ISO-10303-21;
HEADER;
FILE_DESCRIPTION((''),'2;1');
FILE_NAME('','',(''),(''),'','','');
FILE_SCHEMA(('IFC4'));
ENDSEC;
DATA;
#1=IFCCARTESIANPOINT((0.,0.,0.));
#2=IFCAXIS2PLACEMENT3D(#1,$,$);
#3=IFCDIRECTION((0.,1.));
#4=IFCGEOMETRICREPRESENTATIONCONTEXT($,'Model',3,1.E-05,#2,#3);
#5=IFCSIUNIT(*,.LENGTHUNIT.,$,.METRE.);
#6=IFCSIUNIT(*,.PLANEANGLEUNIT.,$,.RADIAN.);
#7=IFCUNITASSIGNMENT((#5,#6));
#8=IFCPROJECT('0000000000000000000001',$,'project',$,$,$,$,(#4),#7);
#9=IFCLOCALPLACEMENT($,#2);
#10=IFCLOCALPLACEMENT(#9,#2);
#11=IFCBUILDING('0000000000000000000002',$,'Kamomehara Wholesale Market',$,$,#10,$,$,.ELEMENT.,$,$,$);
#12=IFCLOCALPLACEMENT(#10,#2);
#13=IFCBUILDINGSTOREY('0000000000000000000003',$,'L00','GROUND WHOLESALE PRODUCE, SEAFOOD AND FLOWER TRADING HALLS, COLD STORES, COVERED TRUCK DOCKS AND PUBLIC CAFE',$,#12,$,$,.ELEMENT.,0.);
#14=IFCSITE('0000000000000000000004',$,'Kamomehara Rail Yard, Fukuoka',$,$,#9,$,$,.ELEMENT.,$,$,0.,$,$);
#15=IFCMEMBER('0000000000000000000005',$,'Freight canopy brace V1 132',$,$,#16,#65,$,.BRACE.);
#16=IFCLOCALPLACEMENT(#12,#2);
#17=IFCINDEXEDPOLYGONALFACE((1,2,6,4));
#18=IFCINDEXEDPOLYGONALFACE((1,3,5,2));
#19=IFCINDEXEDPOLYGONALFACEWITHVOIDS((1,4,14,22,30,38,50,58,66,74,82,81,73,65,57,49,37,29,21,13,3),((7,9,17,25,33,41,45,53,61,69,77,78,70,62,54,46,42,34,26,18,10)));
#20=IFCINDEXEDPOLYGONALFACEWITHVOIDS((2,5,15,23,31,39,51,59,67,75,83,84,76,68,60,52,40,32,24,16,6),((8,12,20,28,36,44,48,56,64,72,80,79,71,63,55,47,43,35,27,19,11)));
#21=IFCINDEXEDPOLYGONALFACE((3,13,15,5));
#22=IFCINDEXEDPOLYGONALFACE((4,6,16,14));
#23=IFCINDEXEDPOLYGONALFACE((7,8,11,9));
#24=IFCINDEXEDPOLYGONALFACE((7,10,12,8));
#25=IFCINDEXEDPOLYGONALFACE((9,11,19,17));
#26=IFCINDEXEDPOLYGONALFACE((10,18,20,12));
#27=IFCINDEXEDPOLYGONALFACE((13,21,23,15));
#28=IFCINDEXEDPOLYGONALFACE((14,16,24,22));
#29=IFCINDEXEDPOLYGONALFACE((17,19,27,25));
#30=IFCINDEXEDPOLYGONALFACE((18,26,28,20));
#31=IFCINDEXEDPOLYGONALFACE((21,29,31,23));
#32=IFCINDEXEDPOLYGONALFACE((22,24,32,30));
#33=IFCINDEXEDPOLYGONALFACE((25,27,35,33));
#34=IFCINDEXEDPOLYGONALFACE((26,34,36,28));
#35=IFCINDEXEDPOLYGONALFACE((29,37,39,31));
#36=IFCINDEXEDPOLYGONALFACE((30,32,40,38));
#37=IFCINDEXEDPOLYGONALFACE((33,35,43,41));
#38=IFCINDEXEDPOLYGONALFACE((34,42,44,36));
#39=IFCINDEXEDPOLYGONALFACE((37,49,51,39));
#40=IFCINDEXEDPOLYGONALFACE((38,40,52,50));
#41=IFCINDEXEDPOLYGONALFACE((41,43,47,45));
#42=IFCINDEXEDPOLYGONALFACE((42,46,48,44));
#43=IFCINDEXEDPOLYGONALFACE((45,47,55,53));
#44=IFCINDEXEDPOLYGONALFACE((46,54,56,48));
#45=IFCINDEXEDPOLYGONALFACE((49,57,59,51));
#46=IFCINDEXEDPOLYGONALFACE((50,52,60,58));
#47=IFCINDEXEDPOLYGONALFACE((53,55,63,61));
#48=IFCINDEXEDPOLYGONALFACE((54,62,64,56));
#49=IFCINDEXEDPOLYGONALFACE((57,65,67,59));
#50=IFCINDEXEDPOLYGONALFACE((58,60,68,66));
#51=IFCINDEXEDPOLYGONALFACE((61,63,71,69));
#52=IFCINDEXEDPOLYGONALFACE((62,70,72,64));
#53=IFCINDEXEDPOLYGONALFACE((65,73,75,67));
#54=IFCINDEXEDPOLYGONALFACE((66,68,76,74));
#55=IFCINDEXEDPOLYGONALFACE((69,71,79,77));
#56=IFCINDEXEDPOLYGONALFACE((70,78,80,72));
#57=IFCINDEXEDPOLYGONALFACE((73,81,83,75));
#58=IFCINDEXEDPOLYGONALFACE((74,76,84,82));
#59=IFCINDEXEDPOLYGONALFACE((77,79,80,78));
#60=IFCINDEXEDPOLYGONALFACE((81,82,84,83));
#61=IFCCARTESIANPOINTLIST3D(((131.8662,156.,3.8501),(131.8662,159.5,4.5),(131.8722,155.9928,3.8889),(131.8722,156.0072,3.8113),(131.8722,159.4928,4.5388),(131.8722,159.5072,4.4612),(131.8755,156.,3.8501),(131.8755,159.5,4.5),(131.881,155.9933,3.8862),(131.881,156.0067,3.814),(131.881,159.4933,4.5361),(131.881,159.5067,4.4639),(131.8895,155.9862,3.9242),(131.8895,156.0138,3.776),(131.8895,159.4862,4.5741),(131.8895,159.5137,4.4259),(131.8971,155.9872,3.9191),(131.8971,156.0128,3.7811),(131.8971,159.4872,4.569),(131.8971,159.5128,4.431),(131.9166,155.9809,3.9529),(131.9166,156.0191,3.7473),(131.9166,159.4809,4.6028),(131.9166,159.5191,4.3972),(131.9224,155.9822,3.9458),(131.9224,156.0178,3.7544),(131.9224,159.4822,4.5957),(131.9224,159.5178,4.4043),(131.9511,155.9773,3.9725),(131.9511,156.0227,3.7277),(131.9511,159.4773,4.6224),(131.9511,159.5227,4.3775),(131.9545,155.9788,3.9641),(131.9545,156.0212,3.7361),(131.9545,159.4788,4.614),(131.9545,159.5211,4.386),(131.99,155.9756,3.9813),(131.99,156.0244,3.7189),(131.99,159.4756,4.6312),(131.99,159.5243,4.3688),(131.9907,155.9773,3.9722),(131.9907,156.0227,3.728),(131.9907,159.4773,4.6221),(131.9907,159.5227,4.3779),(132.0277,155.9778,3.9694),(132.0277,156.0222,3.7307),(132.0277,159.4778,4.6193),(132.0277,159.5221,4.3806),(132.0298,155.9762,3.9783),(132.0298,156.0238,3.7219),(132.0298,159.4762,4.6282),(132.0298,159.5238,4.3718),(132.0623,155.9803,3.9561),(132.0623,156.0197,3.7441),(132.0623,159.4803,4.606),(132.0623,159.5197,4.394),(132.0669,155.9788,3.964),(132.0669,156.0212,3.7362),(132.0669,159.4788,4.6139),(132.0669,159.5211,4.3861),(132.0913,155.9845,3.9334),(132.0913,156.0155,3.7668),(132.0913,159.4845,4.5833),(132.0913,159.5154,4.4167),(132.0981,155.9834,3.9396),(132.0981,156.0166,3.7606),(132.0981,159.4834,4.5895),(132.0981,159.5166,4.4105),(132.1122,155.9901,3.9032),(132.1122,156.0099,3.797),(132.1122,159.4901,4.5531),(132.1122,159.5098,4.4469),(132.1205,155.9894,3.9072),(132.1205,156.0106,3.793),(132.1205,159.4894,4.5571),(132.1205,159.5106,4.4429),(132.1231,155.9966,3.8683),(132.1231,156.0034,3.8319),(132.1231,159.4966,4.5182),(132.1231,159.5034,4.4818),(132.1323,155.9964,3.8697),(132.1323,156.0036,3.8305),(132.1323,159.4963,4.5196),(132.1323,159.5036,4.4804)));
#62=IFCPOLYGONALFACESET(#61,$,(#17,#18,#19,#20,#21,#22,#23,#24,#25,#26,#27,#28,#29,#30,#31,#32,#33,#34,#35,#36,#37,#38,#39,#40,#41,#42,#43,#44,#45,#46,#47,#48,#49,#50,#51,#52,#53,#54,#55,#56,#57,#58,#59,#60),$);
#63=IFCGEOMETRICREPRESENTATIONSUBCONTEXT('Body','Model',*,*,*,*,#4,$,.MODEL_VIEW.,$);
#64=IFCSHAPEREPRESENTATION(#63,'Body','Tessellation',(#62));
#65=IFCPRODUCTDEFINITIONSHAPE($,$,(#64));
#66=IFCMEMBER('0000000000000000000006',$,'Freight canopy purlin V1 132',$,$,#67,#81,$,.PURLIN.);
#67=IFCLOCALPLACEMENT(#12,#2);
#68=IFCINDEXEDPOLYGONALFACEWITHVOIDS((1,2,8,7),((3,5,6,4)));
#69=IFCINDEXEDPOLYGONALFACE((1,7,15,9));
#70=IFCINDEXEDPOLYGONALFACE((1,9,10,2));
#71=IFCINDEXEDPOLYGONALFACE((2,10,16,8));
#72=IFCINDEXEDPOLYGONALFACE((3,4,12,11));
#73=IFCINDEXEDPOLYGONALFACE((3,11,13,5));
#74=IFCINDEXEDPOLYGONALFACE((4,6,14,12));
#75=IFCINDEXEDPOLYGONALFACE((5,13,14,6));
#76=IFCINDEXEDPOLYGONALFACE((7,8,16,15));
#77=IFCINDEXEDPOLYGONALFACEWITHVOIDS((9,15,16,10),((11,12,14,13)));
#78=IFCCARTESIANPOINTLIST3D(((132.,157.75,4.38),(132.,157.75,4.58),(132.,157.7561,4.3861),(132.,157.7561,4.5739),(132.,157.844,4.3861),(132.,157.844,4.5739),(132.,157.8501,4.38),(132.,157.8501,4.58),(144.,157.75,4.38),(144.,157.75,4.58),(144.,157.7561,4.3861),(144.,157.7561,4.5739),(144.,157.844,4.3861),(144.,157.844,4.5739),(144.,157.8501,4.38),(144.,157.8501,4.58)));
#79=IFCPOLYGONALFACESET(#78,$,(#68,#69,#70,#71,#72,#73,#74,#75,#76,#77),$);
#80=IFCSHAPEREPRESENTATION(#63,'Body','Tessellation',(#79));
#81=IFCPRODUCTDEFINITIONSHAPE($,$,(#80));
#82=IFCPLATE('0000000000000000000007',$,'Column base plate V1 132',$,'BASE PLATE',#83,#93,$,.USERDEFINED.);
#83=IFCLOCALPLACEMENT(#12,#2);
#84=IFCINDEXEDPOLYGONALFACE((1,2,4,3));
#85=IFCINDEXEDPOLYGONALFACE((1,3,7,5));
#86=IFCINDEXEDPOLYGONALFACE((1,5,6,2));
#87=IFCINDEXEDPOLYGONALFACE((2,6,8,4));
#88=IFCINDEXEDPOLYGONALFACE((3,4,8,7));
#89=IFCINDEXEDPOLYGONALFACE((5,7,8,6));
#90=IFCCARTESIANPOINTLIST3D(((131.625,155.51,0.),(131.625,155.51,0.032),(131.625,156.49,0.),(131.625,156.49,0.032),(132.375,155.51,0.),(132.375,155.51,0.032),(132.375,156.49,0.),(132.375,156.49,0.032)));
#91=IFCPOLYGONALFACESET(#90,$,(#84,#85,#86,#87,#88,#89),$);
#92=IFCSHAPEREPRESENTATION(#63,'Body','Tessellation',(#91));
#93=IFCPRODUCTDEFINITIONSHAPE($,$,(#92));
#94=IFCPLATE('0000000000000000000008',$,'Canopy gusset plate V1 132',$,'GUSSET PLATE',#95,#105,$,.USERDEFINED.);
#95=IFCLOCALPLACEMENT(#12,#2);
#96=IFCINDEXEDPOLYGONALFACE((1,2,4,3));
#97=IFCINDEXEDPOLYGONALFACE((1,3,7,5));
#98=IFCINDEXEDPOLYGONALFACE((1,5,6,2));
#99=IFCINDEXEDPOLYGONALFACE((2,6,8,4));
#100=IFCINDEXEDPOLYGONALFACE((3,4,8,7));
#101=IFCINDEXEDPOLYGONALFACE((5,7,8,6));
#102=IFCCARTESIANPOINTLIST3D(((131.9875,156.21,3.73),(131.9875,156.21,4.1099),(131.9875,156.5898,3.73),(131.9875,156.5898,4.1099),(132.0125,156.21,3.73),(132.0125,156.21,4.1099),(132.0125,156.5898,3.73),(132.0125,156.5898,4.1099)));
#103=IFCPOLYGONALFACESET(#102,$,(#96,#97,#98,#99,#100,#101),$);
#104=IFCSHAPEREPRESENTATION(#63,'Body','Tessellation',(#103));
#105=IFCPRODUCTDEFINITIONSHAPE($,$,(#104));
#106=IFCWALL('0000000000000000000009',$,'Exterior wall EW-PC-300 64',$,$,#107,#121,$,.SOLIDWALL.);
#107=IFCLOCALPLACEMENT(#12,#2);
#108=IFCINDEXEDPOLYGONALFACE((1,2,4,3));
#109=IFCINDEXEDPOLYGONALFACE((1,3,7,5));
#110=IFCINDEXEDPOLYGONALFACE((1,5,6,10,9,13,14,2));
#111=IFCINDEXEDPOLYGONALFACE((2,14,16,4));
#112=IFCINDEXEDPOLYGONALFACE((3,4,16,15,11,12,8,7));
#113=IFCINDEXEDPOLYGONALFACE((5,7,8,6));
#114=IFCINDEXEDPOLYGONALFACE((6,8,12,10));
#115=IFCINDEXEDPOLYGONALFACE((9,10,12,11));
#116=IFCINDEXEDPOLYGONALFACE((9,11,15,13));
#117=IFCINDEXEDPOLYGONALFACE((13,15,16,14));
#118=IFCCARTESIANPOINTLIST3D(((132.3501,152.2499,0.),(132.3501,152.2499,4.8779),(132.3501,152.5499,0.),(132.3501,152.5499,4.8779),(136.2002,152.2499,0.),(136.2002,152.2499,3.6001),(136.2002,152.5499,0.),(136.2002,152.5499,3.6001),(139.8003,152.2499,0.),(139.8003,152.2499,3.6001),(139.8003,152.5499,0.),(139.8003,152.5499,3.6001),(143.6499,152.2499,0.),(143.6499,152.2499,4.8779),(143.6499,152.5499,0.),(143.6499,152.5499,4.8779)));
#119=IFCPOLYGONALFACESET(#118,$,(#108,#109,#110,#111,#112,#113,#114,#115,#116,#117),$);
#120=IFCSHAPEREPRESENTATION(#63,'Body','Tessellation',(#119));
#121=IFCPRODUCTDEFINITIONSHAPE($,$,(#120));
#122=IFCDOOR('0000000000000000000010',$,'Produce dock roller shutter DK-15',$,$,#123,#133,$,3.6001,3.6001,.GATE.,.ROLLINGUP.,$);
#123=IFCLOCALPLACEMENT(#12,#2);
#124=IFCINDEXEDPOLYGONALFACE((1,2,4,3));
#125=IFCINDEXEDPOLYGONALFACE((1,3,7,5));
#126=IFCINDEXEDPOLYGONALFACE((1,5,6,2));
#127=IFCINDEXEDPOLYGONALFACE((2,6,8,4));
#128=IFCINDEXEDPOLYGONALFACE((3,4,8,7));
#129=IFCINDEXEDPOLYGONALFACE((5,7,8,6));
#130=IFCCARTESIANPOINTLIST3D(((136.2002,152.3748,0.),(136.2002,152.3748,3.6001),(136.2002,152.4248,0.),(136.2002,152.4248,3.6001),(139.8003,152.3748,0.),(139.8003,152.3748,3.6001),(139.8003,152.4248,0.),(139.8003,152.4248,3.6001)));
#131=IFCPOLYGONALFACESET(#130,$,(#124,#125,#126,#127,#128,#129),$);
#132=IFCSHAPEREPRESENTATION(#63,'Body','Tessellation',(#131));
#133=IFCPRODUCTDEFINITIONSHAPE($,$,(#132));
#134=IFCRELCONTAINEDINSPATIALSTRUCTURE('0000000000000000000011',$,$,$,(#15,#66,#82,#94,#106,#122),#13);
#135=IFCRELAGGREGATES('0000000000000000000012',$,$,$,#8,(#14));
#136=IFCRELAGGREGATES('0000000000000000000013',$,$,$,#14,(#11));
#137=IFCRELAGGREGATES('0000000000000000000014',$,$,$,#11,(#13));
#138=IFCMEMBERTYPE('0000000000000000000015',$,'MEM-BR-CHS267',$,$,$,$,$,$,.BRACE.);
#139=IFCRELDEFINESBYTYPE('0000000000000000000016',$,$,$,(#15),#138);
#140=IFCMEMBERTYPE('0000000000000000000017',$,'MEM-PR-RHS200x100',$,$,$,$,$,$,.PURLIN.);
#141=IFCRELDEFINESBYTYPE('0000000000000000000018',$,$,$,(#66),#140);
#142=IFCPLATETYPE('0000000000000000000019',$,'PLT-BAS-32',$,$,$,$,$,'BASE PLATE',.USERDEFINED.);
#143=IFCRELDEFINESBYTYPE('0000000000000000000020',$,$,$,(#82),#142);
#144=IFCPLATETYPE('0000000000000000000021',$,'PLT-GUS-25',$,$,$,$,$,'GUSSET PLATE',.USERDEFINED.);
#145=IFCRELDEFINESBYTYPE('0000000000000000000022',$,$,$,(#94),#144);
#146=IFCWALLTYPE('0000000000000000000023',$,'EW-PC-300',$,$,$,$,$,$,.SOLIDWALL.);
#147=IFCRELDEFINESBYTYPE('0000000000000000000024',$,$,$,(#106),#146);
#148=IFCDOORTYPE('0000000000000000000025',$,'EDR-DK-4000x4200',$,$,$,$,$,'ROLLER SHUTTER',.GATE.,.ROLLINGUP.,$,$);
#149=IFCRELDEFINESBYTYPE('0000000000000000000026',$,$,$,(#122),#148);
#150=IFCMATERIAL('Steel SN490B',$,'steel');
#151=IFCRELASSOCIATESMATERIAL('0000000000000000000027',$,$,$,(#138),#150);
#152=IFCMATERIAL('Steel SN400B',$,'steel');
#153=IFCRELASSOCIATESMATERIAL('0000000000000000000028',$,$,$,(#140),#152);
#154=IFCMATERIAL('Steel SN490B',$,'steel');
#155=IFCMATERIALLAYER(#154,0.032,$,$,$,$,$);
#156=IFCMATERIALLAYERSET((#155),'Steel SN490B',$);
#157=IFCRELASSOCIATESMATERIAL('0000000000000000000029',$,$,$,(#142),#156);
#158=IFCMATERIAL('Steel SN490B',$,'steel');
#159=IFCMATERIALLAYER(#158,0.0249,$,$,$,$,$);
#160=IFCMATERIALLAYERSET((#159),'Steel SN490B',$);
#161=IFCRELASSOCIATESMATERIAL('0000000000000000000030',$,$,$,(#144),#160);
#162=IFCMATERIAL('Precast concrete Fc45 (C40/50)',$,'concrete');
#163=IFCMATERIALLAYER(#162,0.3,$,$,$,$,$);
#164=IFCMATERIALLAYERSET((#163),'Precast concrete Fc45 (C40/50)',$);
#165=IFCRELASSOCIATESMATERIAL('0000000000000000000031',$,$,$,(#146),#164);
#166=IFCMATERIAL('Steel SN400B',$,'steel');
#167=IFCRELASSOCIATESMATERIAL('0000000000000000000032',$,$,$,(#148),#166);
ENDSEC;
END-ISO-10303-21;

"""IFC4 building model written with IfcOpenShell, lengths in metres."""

from ifc_helpers import new_model, si_unit, direction, frame, frame_2d, origin, origin_2d, place, context, subcontext, project, spatial, rectangle, hollow_rectangle, hollow_circle, extrude, material, layer, layer_set, material_profile, profile_set, type_object, element, fill, save


model = new_model("IFC4")

# Units and contexts
model_context = context("Model", 3, precision=1e-05, world=origin(), true_north=direction((0.0, 1.0)))
body_context = subcontext(model_context, "Body", "Model", "MODEL_VIEW")
ifc_project = project(units=[si_unit("LENGTHUNIT", "METRE"), si_unit("PLANEANGLEUNIT", "RADIAN")], contexts=[model_context])

# Site, building, storey
site_placement = place(None, origin())
site = spatial("IfcSite", under=ifc_project, at=site_placement, Name="Kamomehara Rail Yard, Fukuoka", CompositionType="ELEMENT", RefElevation=0.0)
building_placement = place(site_placement, origin())
building = spatial("IfcBuilding", under=site, at=building_placement, Name="Kamomehara Wholesale Market", CompositionType="ELEMENT")
storey_placement = place(building_placement, origin())
storey = spatial("IfcBuildingStorey", under=building, at=storey_placement, Name="L00", Description="GROUND WHOLESALE PRODUCE, SEAFOOD AND FLOWER TRADING HALLS, COLD STORES, COVERED TRUCK DOCKS AND PUBLIC CAFE", CompositionType="ELEMENT", Elevation=0.0)

# Members
ifc_material_1 = material(Name="Steel SN490B", Category="steel")
ifc_material_profile_1 = material_profile(ifc_material_1, hollow_circle(Radius=0.1338, WallThickness=0.0093, at=origin_2d()), Name="CHS-267.4x9.3")
ifc_profile_set_1 = profile_set([ifc_material_profile_1], Name="Steel SN490B")
member_type_1 = type_object("IfcMemberType", Name="MEM-BR-CHS267", PredefinedType="BRACE", material=ifc_profile_set_1)
member_1_placement = place(storey_placement, frame((132.0, 156.0, 3.8501), z_axis=(0.0, 0.983194, 0.182566), x_axis=(-1.0, 0.0, 0.0)))
element("IfcMember", 1, at=member_1_placement, inside=storey, type_object=member_type_1, Name="Freight canopy brace V1 132", PredefinedType="BRACE", context=body_context, shape_type="SweptSolid", body=[
    extrude(hollow_circle(Radius=0.1338, WallThickness=0.0093, at=origin_2d()), origin(), (0.0, 0.0, 1.0), 3.5598),
])
ifc_material_2 = material(Name="Steel SN400B", Category="steel")
ifc_material_profile_2 = material_profile(ifc_material_2, hollow_rectangle(XDim=0.1001, YDim=0.2, WallThickness=0.0061, at=origin_2d()), Name="RHS-200x100x6")
ifc_profile_set_2 = profile_set([ifc_material_profile_2], Name="Steel SN400B")
member_type_2 = type_object("IfcMemberType", Name="MEM-PR-RHS200x100", PredefinedType="PURLIN", material=ifc_profile_set_2)
member_2_placement = place(storey_placement, frame((132.0, 157.8, 4.48), z_axis=(1.0, 0.0, 0.0), x_axis=(0.0, 1.0, 0.0)))
element("IfcMember", 2, at=member_2_placement, inside=storey, type_object=member_type_2, Name="Freight canopy purlin V1 132", PredefinedType="PURLIN", context=body_context, shape_type="SweptSolid", body=[
    extrude(hollow_rectangle(XDim=0.1001, YDim=0.2, WallThickness=0.0061, at=origin_2d()), origin(), (0.0, 0.0, 1.0), 12.0),
])

# Plates
ifc_material_3 = material(Name="Steel SN490B", Category="steel")
ifc_layer_1 = layer(ifc_material_3, 0.032)
ifc_layer_set_1 = layer_set([ifc_layer_1], Name="Steel SN490B")
plate_type_1 = type_object("IfcPlateType", Name="PLT-BAS-32", ElementType="BASE PLATE", PredefinedType="USERDEFINED", material=ifc_layer_set_1)
plate_1_placement = place(storey_placement, frame((132.0, 156.0, 0.0), z_axis=(0.0, 0.0, 1.0), x_axis=(1.0, 0.0, 0.0)))
element("IfcPlate", 3, at=plate_1_placement, inside=storey, type_object=plate_type_1, Name="Column base plate V1 132", ObjectType="BASE PLATE", PredefinedType="USERDEFINED", context=body_context, shape_type="SweptSolid", body=[
    extrude(rectangle(XDim=0.75, YDim=0.98, at=origin_2d()), origin(), (0.0, 0.0, 1.0), 0.032),
])
ifc_material_4 = material(Name="Steel SN490B", Category="steel")
ifc_layer_2 = layer(ifc_material_4, 0.0249)
ifc_layer_set_2 = layer_set([ifc_layer_2], Name="Steel SN490B")
plate_type_2 = type_object("IfcPlateType", Name="PLT-GUS-25", ElementType="GUSSET PLATE", PredefinedType="USERDEFINED", material=ifc_layer_set_2)
plate_2_placement = place(storey_placement, frame((132.0, 156.3999, 3.73), z_axis=(0.0, 0.0, 1.0), x_axis=(1.0, 0.0, 0.0)))
element("IfcPlate", 4, at=plate_2_placement, inside=storey, type_object=plate_type_2, Name="Canopy gusset plate V1 132", ObjectType="GUSSET PLATE", PredefinedType="USERDEFINED", context=body_context, shape_type="SweptSolid", body=[
    extrude(rectangle(XDim=0.0249, YDim=0.3799, at=origin_2d()), origin(), (0.0, 0.0, 1.0), 0.3799),
])

# Wall, opening, door
ifc_material_5 = material(Name="Precast concrete Fc45 (C40/50)", Category="concrete")
ifc_layer_3 = layer(ifc_material_5, 0.3)
ifc_layer_set_3 = layer_set([ifc_layer_3], Name="Precast concrete Fc45 (C40/50)")
wall_type = type_object("IfcWallType", Name="EW-PC-300", PredefinedType="SOLIDWALL", material=ifc_layer_set_3)
wall_placement = place(storey_placement, frame((132.3501, 152.3999, 0.0), z_axis=(0.0, 0.0, 1.0), x_axis=(1.0, 0.0, 0.0)))
wall = element("IfcWall", 5, at=wall_placement, inside=storey, type_object=wall_type, Name="Exterior wall EW-PC-300 64", PredefinedType="SOLIDWALL", context=body_context, shape_type="SweptSolid", body=[
    extrude(rectangle(XDim=11.2998, YDim=0.3, at=frame_2d((5.6499, 0.0))), origin(), (0.0, 0.0, 1.0), 4.8779),
])
opening_placement = place(wall_placement, frame((3.8501, 0.0, 0.0)))
opening = element("IfcOpeningElement", 6, at=opening_placement, cuts=wall, PredefinedType="OPENING", context=body_context, shape_type="SweptSolid", body=[
    extrude(rectangle(XDim=3.6001, YDim=3.6001, at=frame_2d((1.8, 1.8))), frame((0.0, 0.165, 0.0), z_axis=(0.0, -1.0, 0.0), x_axis=(1.0, 0.0, 0.0)), (0.0, 0.0, 1.0), 0.3298),
])
ifc_material_6 = material(Name="Steel SN400B", Category="steel")
door_type = type_object("IfcDoorType", Name="EDR-DK-4000x4200", ElementType="ROLLER SHUTTER", OperationType="ROLLINGUP", PredefinedType="GATE", material=ifc_material_6)
door_placement = place(opening_placement, origin())
door = element("IfcDoor", 7, at=door_placement, inside=storey, type_object=door_type, Name="Produce dock roller shutter DK-15", OperationType="ROLLINGUP", OverallHeight=3.6001, OverallWidth=3.6001, PredefinedType="GATE", context=body_context, shape_type="SweptSolid", body=[
    extrude(rectangle(XDim=3.6001, YDim=3.6001, at=frame_2d((1.8, 1.8))), frame((0.0, 0.0249, 0.0), z_axis=(0.0, -1.0, 0.0), x_axis=(1.0, 0.0, 0.0)), (0.0, 0.0, 1.0), 0.05),
])
fill(opening, door)

save(model, "model.ifc")
